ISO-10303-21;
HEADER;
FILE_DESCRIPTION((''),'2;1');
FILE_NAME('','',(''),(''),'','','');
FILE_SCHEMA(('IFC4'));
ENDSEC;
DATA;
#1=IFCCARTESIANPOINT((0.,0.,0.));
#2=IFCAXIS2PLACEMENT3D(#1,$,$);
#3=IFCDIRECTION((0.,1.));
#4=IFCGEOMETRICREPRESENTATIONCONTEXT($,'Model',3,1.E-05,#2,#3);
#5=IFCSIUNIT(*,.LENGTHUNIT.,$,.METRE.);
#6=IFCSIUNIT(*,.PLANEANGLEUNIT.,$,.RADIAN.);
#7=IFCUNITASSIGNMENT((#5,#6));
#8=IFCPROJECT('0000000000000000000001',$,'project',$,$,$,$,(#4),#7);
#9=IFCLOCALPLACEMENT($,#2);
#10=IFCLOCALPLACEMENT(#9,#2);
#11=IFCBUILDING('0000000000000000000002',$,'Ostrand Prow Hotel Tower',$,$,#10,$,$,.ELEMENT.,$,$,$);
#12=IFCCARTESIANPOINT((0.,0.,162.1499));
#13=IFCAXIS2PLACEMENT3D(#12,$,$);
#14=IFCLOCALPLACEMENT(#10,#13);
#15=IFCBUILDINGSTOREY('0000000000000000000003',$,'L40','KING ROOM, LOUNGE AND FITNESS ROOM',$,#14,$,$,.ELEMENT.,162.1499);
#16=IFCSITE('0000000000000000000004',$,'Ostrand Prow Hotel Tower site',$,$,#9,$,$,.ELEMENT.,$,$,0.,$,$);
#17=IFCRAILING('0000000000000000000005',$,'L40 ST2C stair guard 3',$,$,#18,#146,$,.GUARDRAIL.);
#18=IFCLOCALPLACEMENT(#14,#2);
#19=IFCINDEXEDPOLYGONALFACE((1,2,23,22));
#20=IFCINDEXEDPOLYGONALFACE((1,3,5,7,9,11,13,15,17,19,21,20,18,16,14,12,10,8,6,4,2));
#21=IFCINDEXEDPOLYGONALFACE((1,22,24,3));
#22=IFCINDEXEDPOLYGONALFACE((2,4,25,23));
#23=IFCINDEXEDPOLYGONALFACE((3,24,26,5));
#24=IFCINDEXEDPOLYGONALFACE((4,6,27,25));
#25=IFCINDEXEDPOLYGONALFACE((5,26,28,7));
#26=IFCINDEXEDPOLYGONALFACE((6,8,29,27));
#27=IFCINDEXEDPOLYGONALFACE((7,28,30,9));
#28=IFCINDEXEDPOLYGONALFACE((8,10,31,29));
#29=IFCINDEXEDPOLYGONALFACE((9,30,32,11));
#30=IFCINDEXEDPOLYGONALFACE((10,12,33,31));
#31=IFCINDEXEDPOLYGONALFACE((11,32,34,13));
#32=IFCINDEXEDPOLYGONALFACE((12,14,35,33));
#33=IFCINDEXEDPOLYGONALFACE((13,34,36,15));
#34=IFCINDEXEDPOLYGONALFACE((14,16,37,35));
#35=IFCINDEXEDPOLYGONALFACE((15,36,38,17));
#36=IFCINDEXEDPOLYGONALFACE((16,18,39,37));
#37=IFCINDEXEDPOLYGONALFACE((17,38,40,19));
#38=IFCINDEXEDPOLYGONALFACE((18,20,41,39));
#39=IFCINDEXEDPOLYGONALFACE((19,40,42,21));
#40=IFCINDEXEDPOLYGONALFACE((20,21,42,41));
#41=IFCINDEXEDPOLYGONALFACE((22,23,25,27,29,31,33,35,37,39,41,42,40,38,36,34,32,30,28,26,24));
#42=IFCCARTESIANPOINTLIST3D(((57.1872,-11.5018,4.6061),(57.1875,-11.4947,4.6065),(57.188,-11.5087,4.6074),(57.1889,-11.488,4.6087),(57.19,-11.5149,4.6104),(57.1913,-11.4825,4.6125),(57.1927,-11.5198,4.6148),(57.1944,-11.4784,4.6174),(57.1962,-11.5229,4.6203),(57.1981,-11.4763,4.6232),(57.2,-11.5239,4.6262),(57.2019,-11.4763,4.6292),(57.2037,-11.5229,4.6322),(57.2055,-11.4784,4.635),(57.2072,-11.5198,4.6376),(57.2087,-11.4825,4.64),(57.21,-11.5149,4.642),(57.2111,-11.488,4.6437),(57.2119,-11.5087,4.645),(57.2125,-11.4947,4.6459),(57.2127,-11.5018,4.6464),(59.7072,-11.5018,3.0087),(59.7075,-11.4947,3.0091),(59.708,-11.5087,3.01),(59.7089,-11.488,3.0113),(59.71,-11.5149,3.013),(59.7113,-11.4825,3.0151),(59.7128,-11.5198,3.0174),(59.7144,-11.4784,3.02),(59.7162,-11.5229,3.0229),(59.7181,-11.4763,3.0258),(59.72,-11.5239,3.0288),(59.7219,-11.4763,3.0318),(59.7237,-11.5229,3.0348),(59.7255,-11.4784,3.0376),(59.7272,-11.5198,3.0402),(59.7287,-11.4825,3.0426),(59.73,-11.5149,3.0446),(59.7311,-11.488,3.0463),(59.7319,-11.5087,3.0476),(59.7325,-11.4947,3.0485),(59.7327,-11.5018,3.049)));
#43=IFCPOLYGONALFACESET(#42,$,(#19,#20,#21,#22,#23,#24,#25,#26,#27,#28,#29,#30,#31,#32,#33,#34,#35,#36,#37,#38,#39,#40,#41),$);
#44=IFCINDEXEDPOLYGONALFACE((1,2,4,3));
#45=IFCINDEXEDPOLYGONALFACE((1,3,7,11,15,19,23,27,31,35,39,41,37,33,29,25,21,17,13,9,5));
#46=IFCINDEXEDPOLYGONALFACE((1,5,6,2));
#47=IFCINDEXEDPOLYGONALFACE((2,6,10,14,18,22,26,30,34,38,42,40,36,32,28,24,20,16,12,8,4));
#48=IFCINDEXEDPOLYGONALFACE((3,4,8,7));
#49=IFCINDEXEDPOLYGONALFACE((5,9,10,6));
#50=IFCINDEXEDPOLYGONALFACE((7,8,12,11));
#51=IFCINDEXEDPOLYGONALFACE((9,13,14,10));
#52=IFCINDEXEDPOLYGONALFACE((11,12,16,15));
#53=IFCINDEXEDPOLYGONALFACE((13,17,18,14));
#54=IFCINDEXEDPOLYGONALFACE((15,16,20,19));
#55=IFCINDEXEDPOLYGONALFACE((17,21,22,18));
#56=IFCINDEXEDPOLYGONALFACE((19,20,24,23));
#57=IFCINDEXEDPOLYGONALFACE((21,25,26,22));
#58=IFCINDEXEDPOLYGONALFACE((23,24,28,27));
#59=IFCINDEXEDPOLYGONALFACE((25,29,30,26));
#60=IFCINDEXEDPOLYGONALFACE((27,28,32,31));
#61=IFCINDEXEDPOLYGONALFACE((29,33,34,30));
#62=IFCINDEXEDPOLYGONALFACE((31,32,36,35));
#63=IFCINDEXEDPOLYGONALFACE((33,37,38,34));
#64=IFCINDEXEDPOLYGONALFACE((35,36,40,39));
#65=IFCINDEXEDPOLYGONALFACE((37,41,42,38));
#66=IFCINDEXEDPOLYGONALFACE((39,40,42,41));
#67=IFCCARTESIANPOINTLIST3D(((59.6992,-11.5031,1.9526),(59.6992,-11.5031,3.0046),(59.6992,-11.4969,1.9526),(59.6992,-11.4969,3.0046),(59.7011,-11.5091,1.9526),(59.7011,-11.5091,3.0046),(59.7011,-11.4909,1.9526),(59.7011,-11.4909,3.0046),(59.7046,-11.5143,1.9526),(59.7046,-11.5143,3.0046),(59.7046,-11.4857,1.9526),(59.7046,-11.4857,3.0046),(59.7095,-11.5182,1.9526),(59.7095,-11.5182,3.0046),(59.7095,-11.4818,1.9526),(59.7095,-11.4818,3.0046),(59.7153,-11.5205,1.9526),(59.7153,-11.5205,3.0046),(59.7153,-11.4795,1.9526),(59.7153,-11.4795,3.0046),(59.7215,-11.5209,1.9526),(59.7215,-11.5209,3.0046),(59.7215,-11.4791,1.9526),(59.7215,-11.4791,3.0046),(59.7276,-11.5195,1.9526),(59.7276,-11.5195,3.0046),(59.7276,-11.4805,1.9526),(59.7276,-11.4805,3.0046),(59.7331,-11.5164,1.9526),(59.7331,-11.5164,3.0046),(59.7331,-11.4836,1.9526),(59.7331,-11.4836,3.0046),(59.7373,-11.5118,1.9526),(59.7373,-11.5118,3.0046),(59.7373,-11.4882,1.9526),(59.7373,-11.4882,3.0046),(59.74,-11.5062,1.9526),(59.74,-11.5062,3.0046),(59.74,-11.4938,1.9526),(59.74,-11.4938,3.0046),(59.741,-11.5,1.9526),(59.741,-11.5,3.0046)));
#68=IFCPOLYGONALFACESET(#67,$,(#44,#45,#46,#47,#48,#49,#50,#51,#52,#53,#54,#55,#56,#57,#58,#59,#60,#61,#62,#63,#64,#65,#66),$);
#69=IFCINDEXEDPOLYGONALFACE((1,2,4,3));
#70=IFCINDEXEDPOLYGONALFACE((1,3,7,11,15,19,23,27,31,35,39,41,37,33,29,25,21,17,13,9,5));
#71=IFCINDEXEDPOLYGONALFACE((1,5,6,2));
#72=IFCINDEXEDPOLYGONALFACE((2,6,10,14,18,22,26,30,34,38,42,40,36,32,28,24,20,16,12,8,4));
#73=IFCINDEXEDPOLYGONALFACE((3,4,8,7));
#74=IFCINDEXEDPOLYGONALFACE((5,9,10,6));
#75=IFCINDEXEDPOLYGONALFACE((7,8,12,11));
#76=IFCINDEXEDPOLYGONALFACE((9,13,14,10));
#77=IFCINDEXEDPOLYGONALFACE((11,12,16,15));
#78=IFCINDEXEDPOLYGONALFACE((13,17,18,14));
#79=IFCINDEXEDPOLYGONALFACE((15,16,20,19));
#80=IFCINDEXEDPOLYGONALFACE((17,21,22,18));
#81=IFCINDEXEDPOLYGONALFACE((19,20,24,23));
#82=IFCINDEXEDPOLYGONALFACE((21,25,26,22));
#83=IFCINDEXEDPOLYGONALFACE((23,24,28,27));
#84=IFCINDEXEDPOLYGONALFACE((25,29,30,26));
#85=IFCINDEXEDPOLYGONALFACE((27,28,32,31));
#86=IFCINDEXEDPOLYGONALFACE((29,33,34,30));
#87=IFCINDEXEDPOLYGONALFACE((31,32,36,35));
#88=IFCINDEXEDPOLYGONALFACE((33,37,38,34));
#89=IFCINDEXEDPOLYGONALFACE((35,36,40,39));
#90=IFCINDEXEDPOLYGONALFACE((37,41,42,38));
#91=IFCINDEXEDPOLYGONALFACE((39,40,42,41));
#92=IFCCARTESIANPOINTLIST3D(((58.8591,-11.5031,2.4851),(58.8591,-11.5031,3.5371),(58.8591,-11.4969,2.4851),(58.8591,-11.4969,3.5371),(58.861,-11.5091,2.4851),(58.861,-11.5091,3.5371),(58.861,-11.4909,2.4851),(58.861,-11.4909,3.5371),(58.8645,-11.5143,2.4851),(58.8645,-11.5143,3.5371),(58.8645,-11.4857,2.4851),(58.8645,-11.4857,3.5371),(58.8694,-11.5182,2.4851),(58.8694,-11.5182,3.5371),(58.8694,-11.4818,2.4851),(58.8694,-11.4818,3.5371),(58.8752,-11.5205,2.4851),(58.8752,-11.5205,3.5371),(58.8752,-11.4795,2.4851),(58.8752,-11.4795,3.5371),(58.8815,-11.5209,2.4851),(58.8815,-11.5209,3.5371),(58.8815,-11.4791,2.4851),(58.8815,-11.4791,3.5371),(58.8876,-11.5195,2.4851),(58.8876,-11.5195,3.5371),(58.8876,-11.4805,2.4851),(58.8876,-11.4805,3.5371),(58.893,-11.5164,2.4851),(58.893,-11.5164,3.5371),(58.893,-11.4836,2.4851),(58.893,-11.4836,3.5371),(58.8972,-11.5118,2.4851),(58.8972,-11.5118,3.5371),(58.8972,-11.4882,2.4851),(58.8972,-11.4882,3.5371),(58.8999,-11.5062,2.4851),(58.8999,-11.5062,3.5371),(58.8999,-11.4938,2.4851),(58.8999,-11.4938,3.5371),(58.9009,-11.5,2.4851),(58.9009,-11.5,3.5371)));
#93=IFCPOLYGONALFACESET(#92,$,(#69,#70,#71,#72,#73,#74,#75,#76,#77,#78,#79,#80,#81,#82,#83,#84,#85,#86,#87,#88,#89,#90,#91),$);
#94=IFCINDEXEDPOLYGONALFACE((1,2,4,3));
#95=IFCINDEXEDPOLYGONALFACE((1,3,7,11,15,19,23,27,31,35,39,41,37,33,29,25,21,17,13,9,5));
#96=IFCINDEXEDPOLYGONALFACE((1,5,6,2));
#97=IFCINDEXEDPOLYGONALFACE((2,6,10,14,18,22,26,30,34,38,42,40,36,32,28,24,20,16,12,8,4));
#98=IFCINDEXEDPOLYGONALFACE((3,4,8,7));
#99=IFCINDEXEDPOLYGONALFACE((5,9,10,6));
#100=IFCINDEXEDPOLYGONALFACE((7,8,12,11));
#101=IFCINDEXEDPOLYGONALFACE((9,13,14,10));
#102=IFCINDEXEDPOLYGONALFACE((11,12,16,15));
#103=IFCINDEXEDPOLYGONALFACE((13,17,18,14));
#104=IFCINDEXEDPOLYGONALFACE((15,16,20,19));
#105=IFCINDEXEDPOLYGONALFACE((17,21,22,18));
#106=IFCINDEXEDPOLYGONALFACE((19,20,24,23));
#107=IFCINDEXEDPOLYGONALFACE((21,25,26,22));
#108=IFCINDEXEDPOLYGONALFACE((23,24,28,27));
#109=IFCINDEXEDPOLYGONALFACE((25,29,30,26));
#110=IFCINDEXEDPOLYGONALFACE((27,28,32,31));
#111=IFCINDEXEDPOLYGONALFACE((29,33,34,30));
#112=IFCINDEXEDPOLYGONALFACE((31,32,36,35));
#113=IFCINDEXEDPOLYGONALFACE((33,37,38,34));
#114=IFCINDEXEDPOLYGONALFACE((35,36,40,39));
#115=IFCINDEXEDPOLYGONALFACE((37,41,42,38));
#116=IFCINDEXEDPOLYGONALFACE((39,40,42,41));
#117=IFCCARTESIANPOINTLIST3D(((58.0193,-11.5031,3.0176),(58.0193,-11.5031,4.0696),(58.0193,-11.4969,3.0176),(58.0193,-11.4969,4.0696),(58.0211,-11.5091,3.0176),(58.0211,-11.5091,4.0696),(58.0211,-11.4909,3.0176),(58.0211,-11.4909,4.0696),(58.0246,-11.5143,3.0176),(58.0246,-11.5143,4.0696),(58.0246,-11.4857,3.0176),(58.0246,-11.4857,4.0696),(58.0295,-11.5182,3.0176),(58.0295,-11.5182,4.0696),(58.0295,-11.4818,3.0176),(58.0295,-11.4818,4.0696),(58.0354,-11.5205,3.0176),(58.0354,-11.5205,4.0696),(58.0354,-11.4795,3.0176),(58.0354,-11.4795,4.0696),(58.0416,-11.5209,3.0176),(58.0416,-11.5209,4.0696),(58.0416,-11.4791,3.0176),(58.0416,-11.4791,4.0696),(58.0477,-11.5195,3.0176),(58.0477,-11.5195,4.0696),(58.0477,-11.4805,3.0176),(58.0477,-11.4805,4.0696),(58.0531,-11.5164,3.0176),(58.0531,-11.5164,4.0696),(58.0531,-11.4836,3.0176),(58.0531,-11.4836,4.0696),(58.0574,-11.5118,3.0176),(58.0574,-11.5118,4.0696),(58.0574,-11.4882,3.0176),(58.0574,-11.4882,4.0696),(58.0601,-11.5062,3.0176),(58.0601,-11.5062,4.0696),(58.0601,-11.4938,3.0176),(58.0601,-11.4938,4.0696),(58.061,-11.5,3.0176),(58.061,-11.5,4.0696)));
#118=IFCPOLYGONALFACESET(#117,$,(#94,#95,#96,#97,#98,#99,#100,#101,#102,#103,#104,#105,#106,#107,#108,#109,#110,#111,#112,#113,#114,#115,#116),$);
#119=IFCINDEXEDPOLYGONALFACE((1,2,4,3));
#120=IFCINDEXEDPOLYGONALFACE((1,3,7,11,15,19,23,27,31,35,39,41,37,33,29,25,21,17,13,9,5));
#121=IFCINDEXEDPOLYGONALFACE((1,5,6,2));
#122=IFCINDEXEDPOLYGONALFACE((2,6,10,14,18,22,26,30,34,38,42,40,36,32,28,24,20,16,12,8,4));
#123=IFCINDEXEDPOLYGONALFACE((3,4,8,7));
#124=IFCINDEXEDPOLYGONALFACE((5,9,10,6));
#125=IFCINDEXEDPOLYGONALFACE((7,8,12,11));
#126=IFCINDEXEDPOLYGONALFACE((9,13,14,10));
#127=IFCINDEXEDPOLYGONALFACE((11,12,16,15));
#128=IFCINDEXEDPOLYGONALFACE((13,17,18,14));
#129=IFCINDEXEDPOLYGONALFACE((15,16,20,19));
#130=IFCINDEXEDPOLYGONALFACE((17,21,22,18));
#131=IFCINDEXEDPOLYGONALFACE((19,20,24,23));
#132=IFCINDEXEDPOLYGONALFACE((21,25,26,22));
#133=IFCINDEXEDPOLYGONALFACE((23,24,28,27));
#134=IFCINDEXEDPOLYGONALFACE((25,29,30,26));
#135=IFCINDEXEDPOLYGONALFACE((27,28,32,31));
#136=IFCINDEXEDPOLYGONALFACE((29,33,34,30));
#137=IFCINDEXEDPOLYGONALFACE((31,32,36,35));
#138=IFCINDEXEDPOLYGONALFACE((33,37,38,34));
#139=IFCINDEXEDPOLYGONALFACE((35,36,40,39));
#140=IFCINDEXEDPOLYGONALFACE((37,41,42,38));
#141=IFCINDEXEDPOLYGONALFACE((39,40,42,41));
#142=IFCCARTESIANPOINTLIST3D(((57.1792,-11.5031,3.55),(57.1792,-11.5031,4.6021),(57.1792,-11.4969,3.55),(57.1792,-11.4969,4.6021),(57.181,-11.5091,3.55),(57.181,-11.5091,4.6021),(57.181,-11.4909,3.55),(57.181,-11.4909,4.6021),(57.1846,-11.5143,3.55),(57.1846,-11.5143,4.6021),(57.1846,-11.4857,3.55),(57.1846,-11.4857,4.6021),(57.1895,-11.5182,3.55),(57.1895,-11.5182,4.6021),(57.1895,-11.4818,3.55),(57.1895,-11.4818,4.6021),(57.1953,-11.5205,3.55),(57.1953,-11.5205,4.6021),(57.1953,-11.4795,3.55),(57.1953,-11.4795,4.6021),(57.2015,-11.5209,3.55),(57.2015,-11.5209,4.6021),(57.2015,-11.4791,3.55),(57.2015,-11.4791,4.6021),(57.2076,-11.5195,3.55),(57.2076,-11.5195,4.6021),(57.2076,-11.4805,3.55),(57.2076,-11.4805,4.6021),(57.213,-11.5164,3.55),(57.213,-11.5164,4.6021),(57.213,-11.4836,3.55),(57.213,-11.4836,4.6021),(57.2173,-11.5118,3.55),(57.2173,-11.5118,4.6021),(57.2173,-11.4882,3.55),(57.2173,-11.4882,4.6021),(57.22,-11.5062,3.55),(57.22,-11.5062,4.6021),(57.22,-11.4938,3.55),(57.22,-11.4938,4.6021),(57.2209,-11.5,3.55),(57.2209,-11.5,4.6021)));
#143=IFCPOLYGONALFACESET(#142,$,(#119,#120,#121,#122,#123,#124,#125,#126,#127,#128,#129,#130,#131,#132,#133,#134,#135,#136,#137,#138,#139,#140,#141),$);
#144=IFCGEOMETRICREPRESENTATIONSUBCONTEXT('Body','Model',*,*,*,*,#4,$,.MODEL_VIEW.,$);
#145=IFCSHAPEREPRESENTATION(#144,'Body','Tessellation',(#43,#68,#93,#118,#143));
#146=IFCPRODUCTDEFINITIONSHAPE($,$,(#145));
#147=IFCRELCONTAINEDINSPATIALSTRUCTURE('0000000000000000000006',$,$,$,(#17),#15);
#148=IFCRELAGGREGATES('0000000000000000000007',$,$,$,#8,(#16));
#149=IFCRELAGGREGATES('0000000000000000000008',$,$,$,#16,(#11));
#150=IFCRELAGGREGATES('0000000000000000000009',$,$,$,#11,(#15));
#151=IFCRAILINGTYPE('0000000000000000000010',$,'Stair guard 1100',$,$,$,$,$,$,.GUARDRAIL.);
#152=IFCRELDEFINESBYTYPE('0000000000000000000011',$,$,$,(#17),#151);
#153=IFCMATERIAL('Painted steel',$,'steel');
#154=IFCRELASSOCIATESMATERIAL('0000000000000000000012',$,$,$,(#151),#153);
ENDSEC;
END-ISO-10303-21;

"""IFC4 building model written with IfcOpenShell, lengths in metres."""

from ifc_helpers import new_model, si_unit, direction, frame, origin, origin_2d, place, context, subcontext, project, spatial, circle, extrude, material, type_object, element, save


model = new_model("IFC4")

# Units and contexts
model_context = context("Model", 3, precision=1e-05, world=origin(), true_north=direction((0.0, 1.0)))
body_context = subcontext(model_context, "Body", "Model", "MODEL_VIEW")
ifc_project = project(units=[si_unit("LENGTHUNIT", "METRE"), si_unit("PLANEANGLEUNIT", "RADIAN")], contexts=[model_context])

# Site, building, storey
site_placement = place(None, origin())
site = spatial("IfcSite", under=ifc_project, at=site_placement, Name="Ostrand Prow Hotel Tower site", CompositionType="ELEMENT", RefElevation=0.0)
building_placement = place(site_placement, origin())
building = spatial("IfcBuilding", under=site, at=building_placement, Name="Ostrand Prow Hotel Tower", CompositionType="ELEMENT")
storey_placement = place(building_placement, frame((0.0, 0.0, 162.1499)))
storey = spatial("IfcBuildingStorey", under=building, at=storey_placement, Name="L40", Description="KING ROOM, LOUNGE AND FITNESS ROOM", CompositionType="ELEMENT", Elevation=162.1499)

# Railing
ifc_material_1 = material(Name="Painted steel", Category="steel")
railing_type_1 = type_object("IfcRailingType", Name="Stair guard 1100", PredefinedType="GUARDRAIL", material=ifc_material_1)
railing_1_placement = place(storey_placement, frame((59.72, -11.5, 1.9526)))
element("IfcRailing", 1, at=railing_1_placement, inside=storey, type_object=railing_type_1, Name="L40 ST2C stair guard 3", PredefinedType="GUARDRAIL", context=body_context, shape_type="SweptSolid", body=[
    extrude(circle(Radius=0.0239, at=origin_2d()), frame((0.0, 0.0, 1.0762), z_axis=(-0.844607, 0.0, 0.535387), x_axis=(0.0, -1.0, 0.0)), (0.0, 0.0, 1.0), 2.9836),
    extrude(circle(Radius=0.021, at=origin_2d()), origin(), (0.0, 0.0, 1.0), 1.052),
    extrude(circle(Radius=0.021, at=origin_2d()), frame((-0.8401, 0.0, 0.5325)), (0.0, 0.0, 1.0), 1.052),
    extrude(circle(Radius=0.021, at=origin_2d()), frame((-1.6799, 0.0, 1.0649)), (0.0, 0.0, 1.0), 1.052),
    extrude(circle(Radius=0.021, at=origin_2d()), frame((-2.52, 0.0, 1.5974)), (0.0, 0.0, 1.0), 1.052),
])

save(model, "model.ifc")
